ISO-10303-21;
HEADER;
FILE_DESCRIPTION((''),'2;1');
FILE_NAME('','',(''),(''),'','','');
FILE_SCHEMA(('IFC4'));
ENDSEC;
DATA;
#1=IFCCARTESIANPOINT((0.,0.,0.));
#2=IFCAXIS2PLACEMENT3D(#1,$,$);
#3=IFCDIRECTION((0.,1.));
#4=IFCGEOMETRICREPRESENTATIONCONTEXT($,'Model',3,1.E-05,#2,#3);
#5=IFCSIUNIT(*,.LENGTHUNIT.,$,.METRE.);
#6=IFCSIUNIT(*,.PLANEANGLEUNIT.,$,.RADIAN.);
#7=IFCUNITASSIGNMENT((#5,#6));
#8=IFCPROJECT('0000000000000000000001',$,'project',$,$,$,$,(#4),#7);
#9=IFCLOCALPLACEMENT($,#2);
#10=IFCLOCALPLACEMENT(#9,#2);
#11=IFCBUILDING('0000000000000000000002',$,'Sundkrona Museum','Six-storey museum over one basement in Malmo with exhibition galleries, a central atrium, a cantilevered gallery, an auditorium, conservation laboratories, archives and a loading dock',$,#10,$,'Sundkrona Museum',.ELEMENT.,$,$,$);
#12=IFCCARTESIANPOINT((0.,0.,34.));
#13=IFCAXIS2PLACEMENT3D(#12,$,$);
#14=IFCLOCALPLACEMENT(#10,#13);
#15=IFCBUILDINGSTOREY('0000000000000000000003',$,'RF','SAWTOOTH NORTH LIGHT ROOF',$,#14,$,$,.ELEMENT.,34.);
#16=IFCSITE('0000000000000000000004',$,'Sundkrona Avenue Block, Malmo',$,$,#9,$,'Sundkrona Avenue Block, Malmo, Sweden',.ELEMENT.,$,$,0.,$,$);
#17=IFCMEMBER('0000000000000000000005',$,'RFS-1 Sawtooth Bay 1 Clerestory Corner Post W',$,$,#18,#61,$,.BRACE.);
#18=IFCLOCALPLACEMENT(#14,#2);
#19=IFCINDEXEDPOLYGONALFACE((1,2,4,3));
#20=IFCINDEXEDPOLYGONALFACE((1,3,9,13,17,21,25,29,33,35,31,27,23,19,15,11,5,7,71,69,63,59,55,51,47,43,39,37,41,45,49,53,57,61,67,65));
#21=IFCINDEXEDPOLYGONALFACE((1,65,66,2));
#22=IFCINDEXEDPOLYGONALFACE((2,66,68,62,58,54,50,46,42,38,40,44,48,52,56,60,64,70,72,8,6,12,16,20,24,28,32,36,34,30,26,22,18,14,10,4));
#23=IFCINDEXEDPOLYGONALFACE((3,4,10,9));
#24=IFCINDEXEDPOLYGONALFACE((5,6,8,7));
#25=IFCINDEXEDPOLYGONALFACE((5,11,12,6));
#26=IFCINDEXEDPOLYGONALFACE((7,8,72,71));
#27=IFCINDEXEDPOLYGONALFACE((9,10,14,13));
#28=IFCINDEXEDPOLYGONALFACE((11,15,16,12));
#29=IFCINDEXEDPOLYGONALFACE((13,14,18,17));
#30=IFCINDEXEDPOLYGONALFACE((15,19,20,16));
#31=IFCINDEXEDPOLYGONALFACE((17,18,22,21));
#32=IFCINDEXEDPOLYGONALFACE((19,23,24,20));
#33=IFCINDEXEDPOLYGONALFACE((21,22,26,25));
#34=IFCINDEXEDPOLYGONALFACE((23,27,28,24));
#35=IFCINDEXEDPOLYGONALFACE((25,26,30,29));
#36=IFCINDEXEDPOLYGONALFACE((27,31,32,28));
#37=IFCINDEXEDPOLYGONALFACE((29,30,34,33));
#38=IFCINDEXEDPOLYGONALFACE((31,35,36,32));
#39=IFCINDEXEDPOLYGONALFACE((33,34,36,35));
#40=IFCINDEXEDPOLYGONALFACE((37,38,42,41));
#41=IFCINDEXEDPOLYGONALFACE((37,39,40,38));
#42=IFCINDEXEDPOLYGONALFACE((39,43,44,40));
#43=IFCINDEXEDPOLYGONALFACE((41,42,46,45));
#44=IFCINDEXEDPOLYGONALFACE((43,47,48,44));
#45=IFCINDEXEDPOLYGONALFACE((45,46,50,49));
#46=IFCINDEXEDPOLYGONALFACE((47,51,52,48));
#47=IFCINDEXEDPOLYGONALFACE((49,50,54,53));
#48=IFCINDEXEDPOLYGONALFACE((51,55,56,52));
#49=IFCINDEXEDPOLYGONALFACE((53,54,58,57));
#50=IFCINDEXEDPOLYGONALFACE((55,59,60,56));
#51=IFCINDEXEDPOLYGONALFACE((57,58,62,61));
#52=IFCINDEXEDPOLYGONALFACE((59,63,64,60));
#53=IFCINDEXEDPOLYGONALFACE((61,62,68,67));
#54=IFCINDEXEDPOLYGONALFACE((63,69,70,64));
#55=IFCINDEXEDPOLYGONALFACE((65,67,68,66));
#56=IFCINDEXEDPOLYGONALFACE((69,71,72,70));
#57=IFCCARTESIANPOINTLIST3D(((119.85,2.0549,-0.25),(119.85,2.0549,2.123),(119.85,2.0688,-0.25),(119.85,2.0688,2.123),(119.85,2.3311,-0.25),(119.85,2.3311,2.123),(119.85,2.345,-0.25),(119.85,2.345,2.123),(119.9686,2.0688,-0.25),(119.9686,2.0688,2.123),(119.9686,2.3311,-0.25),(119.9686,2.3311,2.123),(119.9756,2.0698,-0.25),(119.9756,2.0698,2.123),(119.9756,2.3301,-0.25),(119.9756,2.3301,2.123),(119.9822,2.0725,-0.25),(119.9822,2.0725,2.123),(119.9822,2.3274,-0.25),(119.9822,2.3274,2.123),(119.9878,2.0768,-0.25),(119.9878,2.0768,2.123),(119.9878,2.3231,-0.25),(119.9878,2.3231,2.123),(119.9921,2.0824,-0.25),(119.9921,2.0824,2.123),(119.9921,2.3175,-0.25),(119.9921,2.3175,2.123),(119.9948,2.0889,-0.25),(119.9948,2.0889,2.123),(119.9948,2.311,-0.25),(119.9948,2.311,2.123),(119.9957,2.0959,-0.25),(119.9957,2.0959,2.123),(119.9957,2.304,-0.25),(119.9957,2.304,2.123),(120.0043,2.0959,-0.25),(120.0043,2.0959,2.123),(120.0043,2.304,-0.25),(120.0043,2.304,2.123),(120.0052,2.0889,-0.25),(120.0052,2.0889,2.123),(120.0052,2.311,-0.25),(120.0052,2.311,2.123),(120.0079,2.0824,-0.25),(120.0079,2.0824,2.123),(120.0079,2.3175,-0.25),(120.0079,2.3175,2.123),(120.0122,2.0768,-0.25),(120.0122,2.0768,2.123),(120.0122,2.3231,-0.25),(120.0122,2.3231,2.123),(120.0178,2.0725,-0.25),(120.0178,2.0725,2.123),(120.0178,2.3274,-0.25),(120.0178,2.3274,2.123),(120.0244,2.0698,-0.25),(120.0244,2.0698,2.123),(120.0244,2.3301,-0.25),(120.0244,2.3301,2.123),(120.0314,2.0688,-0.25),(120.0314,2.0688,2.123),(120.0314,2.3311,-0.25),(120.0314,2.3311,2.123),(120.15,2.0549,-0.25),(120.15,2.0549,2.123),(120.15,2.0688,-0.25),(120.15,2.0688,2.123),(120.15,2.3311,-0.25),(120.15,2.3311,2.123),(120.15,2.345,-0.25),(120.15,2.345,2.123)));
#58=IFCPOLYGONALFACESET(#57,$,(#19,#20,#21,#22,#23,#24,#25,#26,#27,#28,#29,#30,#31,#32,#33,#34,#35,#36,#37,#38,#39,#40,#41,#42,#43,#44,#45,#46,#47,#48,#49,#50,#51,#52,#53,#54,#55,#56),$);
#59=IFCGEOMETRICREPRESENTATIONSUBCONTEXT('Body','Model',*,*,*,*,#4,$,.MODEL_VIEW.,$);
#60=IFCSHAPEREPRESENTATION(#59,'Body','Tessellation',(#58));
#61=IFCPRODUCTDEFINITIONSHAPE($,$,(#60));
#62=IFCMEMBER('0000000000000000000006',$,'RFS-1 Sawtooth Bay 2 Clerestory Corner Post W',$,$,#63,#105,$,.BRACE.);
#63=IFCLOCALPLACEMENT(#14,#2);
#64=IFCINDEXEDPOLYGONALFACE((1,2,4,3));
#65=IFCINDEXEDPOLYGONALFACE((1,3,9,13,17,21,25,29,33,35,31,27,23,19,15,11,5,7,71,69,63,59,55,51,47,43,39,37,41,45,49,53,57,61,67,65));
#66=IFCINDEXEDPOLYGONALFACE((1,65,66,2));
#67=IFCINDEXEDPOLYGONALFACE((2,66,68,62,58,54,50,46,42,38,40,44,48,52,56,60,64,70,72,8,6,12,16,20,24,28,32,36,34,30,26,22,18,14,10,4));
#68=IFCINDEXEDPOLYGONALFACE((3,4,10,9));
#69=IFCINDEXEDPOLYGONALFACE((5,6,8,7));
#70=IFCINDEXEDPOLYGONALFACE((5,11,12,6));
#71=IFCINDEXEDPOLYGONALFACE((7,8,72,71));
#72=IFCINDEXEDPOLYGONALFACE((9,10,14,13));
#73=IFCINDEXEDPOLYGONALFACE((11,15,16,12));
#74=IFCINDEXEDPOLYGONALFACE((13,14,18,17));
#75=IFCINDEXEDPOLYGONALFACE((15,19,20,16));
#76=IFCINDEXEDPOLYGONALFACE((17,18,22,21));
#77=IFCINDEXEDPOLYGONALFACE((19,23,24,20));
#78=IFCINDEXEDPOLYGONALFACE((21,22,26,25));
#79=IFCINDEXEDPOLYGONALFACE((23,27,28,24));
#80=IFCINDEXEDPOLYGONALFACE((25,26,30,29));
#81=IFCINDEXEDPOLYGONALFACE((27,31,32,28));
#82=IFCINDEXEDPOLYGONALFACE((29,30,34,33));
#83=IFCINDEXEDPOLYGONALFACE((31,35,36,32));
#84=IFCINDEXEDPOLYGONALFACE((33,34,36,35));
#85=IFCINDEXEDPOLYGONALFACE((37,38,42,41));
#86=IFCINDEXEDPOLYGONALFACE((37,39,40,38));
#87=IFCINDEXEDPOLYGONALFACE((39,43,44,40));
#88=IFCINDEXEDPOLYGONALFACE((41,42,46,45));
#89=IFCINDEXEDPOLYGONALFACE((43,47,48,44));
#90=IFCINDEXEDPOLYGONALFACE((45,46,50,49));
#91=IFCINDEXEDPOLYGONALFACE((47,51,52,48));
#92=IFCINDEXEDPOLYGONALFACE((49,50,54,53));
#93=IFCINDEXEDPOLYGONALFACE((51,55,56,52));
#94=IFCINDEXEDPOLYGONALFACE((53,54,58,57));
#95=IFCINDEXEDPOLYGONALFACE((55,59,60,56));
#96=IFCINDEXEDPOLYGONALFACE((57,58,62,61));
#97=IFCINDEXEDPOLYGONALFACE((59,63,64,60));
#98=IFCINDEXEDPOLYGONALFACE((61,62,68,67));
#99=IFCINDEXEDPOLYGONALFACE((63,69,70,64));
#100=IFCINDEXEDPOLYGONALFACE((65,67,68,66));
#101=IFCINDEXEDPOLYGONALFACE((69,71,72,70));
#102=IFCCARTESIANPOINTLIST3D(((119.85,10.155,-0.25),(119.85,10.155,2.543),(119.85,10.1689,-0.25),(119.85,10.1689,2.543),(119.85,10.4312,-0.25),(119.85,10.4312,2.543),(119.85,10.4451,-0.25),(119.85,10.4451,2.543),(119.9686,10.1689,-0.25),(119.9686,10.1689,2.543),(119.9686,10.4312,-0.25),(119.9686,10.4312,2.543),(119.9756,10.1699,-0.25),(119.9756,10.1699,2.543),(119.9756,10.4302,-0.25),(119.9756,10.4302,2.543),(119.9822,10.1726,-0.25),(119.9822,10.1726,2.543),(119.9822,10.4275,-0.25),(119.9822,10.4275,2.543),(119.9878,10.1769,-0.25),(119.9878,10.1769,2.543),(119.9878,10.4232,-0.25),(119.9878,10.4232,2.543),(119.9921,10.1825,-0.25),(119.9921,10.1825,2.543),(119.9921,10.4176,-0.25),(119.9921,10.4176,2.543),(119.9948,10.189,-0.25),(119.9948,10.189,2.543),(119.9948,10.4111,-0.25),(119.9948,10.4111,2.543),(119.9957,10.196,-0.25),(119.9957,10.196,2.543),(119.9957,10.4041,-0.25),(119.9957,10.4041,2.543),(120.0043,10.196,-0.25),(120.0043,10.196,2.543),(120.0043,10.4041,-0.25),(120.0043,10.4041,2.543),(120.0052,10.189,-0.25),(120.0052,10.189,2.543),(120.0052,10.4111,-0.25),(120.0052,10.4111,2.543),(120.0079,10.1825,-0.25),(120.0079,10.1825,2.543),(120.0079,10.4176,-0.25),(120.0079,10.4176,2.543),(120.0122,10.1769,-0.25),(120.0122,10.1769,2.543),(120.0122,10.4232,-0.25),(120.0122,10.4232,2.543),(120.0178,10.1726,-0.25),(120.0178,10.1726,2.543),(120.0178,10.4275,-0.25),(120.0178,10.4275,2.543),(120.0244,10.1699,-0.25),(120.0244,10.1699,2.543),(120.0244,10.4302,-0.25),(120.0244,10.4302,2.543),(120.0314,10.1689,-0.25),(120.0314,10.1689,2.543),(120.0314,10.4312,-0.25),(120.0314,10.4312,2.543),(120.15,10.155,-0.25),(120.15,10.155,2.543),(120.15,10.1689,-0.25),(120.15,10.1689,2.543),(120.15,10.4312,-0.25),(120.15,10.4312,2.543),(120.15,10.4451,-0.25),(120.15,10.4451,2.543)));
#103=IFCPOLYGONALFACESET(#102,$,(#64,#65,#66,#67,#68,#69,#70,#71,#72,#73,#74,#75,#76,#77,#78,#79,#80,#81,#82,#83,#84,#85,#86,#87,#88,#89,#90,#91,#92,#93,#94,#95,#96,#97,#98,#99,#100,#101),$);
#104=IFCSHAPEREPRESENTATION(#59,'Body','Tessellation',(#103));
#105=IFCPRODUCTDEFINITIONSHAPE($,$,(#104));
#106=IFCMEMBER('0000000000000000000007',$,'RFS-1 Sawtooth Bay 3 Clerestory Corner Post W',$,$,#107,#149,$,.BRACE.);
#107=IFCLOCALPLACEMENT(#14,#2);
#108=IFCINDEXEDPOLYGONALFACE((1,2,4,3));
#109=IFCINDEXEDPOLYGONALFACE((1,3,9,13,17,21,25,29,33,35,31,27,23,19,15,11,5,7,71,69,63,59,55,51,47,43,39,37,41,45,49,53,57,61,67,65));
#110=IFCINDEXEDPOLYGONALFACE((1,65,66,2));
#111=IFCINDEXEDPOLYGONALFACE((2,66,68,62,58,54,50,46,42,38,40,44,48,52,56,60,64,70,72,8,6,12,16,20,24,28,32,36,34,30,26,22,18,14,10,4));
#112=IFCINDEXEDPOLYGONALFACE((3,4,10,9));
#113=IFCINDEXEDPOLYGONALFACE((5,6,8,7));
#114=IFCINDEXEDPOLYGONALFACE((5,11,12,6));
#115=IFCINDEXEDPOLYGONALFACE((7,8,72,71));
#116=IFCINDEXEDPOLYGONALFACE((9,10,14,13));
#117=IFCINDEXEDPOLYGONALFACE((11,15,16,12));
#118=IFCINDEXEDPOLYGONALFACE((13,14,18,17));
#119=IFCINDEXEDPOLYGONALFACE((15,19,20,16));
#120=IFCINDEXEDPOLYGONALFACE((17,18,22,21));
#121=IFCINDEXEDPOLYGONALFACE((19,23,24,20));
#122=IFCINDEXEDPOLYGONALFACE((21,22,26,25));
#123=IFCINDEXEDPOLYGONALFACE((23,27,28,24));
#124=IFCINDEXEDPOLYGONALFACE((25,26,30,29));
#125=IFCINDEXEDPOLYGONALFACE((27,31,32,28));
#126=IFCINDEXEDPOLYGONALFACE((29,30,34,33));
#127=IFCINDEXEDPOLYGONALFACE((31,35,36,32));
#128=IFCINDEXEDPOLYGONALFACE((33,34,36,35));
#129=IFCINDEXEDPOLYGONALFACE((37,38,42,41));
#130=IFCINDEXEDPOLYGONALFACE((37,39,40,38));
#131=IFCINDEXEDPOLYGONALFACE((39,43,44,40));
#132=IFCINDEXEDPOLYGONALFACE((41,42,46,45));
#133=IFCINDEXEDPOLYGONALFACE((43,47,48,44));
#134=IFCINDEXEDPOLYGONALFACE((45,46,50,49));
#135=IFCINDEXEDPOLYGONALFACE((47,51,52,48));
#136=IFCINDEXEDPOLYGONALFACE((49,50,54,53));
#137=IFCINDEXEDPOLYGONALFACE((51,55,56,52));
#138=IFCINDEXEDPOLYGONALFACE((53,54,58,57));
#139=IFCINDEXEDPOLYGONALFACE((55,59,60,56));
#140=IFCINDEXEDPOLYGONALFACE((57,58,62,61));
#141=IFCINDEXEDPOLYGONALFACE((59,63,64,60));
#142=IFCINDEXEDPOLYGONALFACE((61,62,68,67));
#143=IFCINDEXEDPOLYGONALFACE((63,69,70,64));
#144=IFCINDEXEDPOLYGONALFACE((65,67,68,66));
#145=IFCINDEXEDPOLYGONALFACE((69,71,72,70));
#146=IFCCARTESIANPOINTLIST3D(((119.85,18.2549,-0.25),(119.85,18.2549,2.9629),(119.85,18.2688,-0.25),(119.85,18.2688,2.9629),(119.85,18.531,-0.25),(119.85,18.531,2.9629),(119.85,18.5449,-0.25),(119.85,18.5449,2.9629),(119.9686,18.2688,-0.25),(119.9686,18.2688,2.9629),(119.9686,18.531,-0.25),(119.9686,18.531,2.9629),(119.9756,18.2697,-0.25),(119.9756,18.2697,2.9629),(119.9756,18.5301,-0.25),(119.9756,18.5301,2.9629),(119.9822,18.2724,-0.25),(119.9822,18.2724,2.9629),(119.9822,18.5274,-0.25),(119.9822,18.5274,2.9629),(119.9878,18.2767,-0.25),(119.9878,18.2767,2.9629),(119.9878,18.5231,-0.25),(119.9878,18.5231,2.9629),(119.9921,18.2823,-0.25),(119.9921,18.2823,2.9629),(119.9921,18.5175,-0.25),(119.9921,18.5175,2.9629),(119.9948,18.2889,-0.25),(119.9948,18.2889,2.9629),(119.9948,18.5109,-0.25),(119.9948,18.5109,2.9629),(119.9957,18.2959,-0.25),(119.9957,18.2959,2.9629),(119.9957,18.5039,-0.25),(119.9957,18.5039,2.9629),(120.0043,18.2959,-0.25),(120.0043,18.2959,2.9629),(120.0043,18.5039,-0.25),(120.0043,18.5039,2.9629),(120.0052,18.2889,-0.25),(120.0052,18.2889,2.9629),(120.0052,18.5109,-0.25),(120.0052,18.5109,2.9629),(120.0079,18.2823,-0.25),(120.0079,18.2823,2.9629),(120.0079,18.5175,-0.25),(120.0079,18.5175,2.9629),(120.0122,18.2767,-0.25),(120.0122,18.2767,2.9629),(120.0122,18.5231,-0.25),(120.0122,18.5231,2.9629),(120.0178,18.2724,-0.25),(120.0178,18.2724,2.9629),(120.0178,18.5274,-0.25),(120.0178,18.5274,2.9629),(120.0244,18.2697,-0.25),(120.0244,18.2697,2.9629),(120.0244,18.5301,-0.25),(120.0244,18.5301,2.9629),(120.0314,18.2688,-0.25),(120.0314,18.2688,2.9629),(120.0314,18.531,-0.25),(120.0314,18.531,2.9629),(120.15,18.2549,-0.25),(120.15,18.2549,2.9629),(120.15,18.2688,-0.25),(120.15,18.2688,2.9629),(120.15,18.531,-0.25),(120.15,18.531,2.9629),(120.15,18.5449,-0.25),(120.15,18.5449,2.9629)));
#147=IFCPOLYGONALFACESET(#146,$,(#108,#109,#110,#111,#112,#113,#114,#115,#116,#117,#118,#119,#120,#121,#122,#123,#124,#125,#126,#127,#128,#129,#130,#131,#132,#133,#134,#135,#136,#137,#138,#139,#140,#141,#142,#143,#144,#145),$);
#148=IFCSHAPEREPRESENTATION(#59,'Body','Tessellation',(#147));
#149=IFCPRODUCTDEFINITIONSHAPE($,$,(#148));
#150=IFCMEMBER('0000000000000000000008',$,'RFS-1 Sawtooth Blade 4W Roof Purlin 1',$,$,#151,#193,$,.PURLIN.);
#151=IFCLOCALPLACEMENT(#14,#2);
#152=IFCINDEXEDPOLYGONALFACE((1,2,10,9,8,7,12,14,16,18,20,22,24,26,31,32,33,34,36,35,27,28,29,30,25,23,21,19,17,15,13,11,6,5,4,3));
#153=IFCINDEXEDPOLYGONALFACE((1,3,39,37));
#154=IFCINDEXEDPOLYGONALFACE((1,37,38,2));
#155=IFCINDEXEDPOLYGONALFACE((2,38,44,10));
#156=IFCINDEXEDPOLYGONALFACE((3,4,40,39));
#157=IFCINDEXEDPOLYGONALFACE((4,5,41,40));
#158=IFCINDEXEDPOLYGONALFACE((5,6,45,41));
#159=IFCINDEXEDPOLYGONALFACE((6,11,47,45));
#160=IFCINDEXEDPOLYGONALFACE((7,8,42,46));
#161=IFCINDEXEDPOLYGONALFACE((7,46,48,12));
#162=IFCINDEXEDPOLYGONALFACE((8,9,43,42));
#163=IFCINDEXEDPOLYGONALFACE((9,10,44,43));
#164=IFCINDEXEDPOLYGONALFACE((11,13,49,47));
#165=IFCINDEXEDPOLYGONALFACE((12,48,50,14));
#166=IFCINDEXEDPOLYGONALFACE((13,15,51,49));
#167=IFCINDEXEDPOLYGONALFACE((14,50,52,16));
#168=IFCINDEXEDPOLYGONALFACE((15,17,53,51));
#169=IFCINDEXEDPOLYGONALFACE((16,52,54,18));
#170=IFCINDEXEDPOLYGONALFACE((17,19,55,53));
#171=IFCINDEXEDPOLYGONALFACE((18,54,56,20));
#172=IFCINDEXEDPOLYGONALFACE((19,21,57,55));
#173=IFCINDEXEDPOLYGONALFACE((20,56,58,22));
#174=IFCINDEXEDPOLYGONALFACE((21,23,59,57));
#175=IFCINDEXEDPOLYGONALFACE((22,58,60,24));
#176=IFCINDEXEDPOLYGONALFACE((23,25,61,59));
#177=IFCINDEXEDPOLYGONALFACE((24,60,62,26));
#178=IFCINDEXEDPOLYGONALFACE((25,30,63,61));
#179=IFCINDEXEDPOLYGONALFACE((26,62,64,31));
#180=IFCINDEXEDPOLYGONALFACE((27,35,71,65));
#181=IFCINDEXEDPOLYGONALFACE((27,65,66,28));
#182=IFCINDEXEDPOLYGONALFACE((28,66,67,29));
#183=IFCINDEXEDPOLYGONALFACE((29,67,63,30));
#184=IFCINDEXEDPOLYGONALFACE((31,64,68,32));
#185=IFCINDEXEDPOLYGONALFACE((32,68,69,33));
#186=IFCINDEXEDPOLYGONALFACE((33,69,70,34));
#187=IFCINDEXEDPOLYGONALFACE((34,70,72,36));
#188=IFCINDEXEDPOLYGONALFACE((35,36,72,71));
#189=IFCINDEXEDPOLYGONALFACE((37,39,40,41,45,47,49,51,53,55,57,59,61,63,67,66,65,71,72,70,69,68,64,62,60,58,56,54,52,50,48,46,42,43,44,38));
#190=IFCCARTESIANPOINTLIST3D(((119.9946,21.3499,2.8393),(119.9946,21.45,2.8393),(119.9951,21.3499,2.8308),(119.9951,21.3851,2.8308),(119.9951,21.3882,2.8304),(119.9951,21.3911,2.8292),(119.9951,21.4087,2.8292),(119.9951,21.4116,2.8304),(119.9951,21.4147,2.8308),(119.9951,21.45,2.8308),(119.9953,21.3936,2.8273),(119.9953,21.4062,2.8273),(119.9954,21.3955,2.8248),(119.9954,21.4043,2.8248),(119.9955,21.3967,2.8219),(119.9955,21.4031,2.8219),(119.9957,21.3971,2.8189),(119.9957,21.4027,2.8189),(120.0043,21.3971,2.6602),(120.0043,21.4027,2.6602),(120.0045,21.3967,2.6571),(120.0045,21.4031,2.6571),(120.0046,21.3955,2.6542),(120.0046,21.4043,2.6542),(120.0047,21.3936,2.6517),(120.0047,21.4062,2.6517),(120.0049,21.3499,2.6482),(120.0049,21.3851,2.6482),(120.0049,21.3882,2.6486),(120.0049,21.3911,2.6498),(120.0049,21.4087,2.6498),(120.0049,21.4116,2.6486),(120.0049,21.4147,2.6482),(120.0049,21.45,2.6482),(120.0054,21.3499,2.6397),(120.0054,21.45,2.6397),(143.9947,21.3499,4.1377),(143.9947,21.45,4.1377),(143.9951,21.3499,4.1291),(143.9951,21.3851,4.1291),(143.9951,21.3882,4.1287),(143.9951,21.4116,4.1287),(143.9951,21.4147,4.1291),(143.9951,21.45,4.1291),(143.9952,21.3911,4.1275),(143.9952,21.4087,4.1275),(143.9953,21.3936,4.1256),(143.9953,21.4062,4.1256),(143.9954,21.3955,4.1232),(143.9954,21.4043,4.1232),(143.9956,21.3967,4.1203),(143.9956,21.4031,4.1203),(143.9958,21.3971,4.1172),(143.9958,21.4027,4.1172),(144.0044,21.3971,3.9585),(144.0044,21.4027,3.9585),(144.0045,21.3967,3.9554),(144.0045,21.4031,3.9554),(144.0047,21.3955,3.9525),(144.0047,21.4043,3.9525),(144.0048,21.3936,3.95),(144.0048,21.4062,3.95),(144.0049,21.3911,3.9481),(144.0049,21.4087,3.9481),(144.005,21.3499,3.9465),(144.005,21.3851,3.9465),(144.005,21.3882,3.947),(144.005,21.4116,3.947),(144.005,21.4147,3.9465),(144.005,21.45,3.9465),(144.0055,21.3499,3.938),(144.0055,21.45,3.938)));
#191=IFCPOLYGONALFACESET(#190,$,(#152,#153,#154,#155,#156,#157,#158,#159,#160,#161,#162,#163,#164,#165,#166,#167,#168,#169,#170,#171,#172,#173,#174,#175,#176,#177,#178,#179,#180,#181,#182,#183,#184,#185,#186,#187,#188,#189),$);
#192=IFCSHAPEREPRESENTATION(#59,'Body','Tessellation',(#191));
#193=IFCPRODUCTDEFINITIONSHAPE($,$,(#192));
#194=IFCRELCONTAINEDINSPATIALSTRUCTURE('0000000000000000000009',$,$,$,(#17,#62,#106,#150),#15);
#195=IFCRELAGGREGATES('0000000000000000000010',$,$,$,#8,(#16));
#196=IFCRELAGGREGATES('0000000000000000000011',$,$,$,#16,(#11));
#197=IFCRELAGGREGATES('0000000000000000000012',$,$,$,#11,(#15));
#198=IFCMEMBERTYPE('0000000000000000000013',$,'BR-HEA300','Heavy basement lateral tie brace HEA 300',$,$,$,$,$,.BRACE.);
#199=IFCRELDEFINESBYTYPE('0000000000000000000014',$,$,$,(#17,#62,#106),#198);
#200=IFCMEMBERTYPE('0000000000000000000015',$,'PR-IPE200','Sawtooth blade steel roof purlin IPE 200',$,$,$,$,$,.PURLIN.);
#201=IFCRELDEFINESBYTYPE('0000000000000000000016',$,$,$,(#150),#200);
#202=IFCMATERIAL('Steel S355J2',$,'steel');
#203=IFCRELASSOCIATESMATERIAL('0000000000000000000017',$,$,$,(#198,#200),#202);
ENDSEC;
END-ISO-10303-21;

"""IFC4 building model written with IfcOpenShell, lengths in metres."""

from ifc_helpers import new_model, si_unit, direction, frame, origin, origin_2d, place, context, subcontext, project, spatial, i_section, extrude, material, material_profile, profile_set, type_object, element, save


model = new_model("IFC4")

# Units and contexts
model_context = context("Model", 3, precision=1e-05, world=origin(), true_north=direction((0.0, 1.0)))
body_context = subcontext(model_context, "Body", "Model", "MODEL_VIEW")
ifc_project = project(units=[si_unit("LENGTHUNIT", "METRE"), si_unit("PLANEANGLEUNIT", "RADIAN")], contexts=[model_context])

# Site, building, storey
site_placement = place(None, origin())
site = spatial("IfcSite", under=ifc_project, at=site_placement, Name="Sundkrona Avenue Block, Malmo", LongName="Sundkrona Avenue Block, Malmo, Sweden", CompositionType="ELEMENT", RefElevation=0.0)
building_placement = place(site_placement, origin())
building = spatial("IfcBuilding", under=site, at=building_placement, Name="Sundkrona Museum", Description="Six-storey museum over one basement in Malmo with exhibition galleries, a central atrium, a cantilevered gallery, an auditorium, conservation laboratories, archives and a loading dock", LongName="Sundkrona Museum", CompositionType="ELEMENT")
storey_placement = place(building_placement, frame((0.0, 0.0, 34.0)))
storey = spatial("IfcBuildingStorey", under=building, at=storey_placement, Name="RF", Description="SAWTOOTH NORTH LIGHT ROOF", CompositionType="ELEMENT", Elevation=34.0)

# Members
ifc_material_1 = material(Name="Steel S355J2", Category="steel")
ifc_material_profile_1 = material_profile(ifc_material_1, i_section(OverallWidth=0.3, OverallDepth=0.29, WebThickness=0.0085, FlangeThickness=0.0139, FilletRadius=0.0271, at=origin_2d()), Name="HEA 300")
ifc_profile_set_1 = profile_set([ifc_material_profile_1], Name="Steel S355J2")
member_type_1 = type_object("IfcMemberType", Name="BR-HEA300", Description="Heavy basement lateral tie brace HEA 300", PredefinedType="BRACE", material=ifc_profile_set_1)
member_1_placement = place(storey_placement, frame((120.0, 2.2, -0.25), z_axis=(0.0, 0.0, 1.0), x_axis=(1.0, 0.0, 0.0)))
element("IfcMember", 1, at=member_1_placement, inside=storey, type_object=member_type_1, Name="RFS-1 Sawtooth Bay 1 Clerestory Corner Post W", PredefinedType="BRACE", context=body_context, shape_type="SweptSolid", body=[
    extrude(i_section(OverallWidth=0.3, OverallDepth=0.29, WebThickness=0.0085, FlangeThickness=0.0139, FilletRadius=0.0271, at=origin_2d()), origin(), (0.0, 0.0, 1.0), 2.373),
])
member_2_placement = place(storey_placement, frame((120.0, 10.3, -0.25), z_axis=(0.0, 0.0, 1.0), x_axis=(1.0, 0.0, 0.0)))
element("IfcMember", 2, at=member_2_placement, inside=storey, type_object=member_type_1, Name="RFS-1 Sawtooth Bay 2 Clerestory Corner Post W", PredefinedType="BRACE", context=body_context, shape_type="SweptSolid", body=[
    extrude(i_section(OverallWidth=0.3, OverallDepth=0.29, WebThickness=0.0085, FlangeThickness=0.0139, FilletRadius=0.0271, at=origin_2d()), origin(), (0.0, 0.0, 1.0), 2.793),
])
member_3_placement = place(storey_placement, frame((120.0, 18.3999, -0.25), z_axis=(0.0, 0.0, 1.0), x_axis=(1.0, 0.0, 0.0)))
element("IfcMember", 3, at=member_3_placement, inside=storey, type_object=member_type_1, Name="RFS-1 Sawtooth Bay 3 Clerestory Corner Post W", PredefinedType="BRACE", context=body_context, shape_type="SweptSolid", body=[
    extrude(i_section(OverallWidth=0.3, OverallDepth=0.29, WebThickness=0.0085, FlangeThickness=0.0139, FilletRadius=0.0271, at=origin_2d()), origin(), (0.0, 0.0, 1.0), 3.2129),
])
ifc_material_profile_2 = material_profile(ifc_material_1, i_section(OverallWidth=0.1001, OverallDepth=0.2, WebThickness=0.0056, FlangeThickness=0.0085, FilletRadius=0.012, at=origin_2d()), Name="IPE 200")
ifc_profile_set_2 = profile_set([ifc_material_profile_2], Name="Steel S355J2")
member_type_2 = type_object("IfcMemberType", Name="PR-IPE200", Description="Sawtooth blade steel roof purlin IPE 200", PredefinedType="PURLIN", material=ifc_profile_set_2)
for number, where, z_axis, x_axis, name in (
    (4, (120.0, 21.3999, 2.7395), (0.99854, 0.0, 0.054019), (0.0, 1.0, 0.0), "RFS-1 Sawtooth Blade 4W Roof Purlin 1"),
):
    element("IfcMember", number, at=place(storey_placement, frame(where, z_axis=z_axis, x_axis=x_axis)), inside=storey, type_object=member_type_2, Name=name, PredefinedType="PURLIN", context=body_context, shape_type="SweptSolid", body=[
        extrude(i_section(OverallWidth=0.1001, OverallDepth=0.2, WebThickness=0.0056, FlangeThickness=0.0085, FilletRadius=0.012, at=origin_2d()), origin(), (0.0, 0.0, 1.0), 24.0352),
    ])

save(model, "model.ifc")
